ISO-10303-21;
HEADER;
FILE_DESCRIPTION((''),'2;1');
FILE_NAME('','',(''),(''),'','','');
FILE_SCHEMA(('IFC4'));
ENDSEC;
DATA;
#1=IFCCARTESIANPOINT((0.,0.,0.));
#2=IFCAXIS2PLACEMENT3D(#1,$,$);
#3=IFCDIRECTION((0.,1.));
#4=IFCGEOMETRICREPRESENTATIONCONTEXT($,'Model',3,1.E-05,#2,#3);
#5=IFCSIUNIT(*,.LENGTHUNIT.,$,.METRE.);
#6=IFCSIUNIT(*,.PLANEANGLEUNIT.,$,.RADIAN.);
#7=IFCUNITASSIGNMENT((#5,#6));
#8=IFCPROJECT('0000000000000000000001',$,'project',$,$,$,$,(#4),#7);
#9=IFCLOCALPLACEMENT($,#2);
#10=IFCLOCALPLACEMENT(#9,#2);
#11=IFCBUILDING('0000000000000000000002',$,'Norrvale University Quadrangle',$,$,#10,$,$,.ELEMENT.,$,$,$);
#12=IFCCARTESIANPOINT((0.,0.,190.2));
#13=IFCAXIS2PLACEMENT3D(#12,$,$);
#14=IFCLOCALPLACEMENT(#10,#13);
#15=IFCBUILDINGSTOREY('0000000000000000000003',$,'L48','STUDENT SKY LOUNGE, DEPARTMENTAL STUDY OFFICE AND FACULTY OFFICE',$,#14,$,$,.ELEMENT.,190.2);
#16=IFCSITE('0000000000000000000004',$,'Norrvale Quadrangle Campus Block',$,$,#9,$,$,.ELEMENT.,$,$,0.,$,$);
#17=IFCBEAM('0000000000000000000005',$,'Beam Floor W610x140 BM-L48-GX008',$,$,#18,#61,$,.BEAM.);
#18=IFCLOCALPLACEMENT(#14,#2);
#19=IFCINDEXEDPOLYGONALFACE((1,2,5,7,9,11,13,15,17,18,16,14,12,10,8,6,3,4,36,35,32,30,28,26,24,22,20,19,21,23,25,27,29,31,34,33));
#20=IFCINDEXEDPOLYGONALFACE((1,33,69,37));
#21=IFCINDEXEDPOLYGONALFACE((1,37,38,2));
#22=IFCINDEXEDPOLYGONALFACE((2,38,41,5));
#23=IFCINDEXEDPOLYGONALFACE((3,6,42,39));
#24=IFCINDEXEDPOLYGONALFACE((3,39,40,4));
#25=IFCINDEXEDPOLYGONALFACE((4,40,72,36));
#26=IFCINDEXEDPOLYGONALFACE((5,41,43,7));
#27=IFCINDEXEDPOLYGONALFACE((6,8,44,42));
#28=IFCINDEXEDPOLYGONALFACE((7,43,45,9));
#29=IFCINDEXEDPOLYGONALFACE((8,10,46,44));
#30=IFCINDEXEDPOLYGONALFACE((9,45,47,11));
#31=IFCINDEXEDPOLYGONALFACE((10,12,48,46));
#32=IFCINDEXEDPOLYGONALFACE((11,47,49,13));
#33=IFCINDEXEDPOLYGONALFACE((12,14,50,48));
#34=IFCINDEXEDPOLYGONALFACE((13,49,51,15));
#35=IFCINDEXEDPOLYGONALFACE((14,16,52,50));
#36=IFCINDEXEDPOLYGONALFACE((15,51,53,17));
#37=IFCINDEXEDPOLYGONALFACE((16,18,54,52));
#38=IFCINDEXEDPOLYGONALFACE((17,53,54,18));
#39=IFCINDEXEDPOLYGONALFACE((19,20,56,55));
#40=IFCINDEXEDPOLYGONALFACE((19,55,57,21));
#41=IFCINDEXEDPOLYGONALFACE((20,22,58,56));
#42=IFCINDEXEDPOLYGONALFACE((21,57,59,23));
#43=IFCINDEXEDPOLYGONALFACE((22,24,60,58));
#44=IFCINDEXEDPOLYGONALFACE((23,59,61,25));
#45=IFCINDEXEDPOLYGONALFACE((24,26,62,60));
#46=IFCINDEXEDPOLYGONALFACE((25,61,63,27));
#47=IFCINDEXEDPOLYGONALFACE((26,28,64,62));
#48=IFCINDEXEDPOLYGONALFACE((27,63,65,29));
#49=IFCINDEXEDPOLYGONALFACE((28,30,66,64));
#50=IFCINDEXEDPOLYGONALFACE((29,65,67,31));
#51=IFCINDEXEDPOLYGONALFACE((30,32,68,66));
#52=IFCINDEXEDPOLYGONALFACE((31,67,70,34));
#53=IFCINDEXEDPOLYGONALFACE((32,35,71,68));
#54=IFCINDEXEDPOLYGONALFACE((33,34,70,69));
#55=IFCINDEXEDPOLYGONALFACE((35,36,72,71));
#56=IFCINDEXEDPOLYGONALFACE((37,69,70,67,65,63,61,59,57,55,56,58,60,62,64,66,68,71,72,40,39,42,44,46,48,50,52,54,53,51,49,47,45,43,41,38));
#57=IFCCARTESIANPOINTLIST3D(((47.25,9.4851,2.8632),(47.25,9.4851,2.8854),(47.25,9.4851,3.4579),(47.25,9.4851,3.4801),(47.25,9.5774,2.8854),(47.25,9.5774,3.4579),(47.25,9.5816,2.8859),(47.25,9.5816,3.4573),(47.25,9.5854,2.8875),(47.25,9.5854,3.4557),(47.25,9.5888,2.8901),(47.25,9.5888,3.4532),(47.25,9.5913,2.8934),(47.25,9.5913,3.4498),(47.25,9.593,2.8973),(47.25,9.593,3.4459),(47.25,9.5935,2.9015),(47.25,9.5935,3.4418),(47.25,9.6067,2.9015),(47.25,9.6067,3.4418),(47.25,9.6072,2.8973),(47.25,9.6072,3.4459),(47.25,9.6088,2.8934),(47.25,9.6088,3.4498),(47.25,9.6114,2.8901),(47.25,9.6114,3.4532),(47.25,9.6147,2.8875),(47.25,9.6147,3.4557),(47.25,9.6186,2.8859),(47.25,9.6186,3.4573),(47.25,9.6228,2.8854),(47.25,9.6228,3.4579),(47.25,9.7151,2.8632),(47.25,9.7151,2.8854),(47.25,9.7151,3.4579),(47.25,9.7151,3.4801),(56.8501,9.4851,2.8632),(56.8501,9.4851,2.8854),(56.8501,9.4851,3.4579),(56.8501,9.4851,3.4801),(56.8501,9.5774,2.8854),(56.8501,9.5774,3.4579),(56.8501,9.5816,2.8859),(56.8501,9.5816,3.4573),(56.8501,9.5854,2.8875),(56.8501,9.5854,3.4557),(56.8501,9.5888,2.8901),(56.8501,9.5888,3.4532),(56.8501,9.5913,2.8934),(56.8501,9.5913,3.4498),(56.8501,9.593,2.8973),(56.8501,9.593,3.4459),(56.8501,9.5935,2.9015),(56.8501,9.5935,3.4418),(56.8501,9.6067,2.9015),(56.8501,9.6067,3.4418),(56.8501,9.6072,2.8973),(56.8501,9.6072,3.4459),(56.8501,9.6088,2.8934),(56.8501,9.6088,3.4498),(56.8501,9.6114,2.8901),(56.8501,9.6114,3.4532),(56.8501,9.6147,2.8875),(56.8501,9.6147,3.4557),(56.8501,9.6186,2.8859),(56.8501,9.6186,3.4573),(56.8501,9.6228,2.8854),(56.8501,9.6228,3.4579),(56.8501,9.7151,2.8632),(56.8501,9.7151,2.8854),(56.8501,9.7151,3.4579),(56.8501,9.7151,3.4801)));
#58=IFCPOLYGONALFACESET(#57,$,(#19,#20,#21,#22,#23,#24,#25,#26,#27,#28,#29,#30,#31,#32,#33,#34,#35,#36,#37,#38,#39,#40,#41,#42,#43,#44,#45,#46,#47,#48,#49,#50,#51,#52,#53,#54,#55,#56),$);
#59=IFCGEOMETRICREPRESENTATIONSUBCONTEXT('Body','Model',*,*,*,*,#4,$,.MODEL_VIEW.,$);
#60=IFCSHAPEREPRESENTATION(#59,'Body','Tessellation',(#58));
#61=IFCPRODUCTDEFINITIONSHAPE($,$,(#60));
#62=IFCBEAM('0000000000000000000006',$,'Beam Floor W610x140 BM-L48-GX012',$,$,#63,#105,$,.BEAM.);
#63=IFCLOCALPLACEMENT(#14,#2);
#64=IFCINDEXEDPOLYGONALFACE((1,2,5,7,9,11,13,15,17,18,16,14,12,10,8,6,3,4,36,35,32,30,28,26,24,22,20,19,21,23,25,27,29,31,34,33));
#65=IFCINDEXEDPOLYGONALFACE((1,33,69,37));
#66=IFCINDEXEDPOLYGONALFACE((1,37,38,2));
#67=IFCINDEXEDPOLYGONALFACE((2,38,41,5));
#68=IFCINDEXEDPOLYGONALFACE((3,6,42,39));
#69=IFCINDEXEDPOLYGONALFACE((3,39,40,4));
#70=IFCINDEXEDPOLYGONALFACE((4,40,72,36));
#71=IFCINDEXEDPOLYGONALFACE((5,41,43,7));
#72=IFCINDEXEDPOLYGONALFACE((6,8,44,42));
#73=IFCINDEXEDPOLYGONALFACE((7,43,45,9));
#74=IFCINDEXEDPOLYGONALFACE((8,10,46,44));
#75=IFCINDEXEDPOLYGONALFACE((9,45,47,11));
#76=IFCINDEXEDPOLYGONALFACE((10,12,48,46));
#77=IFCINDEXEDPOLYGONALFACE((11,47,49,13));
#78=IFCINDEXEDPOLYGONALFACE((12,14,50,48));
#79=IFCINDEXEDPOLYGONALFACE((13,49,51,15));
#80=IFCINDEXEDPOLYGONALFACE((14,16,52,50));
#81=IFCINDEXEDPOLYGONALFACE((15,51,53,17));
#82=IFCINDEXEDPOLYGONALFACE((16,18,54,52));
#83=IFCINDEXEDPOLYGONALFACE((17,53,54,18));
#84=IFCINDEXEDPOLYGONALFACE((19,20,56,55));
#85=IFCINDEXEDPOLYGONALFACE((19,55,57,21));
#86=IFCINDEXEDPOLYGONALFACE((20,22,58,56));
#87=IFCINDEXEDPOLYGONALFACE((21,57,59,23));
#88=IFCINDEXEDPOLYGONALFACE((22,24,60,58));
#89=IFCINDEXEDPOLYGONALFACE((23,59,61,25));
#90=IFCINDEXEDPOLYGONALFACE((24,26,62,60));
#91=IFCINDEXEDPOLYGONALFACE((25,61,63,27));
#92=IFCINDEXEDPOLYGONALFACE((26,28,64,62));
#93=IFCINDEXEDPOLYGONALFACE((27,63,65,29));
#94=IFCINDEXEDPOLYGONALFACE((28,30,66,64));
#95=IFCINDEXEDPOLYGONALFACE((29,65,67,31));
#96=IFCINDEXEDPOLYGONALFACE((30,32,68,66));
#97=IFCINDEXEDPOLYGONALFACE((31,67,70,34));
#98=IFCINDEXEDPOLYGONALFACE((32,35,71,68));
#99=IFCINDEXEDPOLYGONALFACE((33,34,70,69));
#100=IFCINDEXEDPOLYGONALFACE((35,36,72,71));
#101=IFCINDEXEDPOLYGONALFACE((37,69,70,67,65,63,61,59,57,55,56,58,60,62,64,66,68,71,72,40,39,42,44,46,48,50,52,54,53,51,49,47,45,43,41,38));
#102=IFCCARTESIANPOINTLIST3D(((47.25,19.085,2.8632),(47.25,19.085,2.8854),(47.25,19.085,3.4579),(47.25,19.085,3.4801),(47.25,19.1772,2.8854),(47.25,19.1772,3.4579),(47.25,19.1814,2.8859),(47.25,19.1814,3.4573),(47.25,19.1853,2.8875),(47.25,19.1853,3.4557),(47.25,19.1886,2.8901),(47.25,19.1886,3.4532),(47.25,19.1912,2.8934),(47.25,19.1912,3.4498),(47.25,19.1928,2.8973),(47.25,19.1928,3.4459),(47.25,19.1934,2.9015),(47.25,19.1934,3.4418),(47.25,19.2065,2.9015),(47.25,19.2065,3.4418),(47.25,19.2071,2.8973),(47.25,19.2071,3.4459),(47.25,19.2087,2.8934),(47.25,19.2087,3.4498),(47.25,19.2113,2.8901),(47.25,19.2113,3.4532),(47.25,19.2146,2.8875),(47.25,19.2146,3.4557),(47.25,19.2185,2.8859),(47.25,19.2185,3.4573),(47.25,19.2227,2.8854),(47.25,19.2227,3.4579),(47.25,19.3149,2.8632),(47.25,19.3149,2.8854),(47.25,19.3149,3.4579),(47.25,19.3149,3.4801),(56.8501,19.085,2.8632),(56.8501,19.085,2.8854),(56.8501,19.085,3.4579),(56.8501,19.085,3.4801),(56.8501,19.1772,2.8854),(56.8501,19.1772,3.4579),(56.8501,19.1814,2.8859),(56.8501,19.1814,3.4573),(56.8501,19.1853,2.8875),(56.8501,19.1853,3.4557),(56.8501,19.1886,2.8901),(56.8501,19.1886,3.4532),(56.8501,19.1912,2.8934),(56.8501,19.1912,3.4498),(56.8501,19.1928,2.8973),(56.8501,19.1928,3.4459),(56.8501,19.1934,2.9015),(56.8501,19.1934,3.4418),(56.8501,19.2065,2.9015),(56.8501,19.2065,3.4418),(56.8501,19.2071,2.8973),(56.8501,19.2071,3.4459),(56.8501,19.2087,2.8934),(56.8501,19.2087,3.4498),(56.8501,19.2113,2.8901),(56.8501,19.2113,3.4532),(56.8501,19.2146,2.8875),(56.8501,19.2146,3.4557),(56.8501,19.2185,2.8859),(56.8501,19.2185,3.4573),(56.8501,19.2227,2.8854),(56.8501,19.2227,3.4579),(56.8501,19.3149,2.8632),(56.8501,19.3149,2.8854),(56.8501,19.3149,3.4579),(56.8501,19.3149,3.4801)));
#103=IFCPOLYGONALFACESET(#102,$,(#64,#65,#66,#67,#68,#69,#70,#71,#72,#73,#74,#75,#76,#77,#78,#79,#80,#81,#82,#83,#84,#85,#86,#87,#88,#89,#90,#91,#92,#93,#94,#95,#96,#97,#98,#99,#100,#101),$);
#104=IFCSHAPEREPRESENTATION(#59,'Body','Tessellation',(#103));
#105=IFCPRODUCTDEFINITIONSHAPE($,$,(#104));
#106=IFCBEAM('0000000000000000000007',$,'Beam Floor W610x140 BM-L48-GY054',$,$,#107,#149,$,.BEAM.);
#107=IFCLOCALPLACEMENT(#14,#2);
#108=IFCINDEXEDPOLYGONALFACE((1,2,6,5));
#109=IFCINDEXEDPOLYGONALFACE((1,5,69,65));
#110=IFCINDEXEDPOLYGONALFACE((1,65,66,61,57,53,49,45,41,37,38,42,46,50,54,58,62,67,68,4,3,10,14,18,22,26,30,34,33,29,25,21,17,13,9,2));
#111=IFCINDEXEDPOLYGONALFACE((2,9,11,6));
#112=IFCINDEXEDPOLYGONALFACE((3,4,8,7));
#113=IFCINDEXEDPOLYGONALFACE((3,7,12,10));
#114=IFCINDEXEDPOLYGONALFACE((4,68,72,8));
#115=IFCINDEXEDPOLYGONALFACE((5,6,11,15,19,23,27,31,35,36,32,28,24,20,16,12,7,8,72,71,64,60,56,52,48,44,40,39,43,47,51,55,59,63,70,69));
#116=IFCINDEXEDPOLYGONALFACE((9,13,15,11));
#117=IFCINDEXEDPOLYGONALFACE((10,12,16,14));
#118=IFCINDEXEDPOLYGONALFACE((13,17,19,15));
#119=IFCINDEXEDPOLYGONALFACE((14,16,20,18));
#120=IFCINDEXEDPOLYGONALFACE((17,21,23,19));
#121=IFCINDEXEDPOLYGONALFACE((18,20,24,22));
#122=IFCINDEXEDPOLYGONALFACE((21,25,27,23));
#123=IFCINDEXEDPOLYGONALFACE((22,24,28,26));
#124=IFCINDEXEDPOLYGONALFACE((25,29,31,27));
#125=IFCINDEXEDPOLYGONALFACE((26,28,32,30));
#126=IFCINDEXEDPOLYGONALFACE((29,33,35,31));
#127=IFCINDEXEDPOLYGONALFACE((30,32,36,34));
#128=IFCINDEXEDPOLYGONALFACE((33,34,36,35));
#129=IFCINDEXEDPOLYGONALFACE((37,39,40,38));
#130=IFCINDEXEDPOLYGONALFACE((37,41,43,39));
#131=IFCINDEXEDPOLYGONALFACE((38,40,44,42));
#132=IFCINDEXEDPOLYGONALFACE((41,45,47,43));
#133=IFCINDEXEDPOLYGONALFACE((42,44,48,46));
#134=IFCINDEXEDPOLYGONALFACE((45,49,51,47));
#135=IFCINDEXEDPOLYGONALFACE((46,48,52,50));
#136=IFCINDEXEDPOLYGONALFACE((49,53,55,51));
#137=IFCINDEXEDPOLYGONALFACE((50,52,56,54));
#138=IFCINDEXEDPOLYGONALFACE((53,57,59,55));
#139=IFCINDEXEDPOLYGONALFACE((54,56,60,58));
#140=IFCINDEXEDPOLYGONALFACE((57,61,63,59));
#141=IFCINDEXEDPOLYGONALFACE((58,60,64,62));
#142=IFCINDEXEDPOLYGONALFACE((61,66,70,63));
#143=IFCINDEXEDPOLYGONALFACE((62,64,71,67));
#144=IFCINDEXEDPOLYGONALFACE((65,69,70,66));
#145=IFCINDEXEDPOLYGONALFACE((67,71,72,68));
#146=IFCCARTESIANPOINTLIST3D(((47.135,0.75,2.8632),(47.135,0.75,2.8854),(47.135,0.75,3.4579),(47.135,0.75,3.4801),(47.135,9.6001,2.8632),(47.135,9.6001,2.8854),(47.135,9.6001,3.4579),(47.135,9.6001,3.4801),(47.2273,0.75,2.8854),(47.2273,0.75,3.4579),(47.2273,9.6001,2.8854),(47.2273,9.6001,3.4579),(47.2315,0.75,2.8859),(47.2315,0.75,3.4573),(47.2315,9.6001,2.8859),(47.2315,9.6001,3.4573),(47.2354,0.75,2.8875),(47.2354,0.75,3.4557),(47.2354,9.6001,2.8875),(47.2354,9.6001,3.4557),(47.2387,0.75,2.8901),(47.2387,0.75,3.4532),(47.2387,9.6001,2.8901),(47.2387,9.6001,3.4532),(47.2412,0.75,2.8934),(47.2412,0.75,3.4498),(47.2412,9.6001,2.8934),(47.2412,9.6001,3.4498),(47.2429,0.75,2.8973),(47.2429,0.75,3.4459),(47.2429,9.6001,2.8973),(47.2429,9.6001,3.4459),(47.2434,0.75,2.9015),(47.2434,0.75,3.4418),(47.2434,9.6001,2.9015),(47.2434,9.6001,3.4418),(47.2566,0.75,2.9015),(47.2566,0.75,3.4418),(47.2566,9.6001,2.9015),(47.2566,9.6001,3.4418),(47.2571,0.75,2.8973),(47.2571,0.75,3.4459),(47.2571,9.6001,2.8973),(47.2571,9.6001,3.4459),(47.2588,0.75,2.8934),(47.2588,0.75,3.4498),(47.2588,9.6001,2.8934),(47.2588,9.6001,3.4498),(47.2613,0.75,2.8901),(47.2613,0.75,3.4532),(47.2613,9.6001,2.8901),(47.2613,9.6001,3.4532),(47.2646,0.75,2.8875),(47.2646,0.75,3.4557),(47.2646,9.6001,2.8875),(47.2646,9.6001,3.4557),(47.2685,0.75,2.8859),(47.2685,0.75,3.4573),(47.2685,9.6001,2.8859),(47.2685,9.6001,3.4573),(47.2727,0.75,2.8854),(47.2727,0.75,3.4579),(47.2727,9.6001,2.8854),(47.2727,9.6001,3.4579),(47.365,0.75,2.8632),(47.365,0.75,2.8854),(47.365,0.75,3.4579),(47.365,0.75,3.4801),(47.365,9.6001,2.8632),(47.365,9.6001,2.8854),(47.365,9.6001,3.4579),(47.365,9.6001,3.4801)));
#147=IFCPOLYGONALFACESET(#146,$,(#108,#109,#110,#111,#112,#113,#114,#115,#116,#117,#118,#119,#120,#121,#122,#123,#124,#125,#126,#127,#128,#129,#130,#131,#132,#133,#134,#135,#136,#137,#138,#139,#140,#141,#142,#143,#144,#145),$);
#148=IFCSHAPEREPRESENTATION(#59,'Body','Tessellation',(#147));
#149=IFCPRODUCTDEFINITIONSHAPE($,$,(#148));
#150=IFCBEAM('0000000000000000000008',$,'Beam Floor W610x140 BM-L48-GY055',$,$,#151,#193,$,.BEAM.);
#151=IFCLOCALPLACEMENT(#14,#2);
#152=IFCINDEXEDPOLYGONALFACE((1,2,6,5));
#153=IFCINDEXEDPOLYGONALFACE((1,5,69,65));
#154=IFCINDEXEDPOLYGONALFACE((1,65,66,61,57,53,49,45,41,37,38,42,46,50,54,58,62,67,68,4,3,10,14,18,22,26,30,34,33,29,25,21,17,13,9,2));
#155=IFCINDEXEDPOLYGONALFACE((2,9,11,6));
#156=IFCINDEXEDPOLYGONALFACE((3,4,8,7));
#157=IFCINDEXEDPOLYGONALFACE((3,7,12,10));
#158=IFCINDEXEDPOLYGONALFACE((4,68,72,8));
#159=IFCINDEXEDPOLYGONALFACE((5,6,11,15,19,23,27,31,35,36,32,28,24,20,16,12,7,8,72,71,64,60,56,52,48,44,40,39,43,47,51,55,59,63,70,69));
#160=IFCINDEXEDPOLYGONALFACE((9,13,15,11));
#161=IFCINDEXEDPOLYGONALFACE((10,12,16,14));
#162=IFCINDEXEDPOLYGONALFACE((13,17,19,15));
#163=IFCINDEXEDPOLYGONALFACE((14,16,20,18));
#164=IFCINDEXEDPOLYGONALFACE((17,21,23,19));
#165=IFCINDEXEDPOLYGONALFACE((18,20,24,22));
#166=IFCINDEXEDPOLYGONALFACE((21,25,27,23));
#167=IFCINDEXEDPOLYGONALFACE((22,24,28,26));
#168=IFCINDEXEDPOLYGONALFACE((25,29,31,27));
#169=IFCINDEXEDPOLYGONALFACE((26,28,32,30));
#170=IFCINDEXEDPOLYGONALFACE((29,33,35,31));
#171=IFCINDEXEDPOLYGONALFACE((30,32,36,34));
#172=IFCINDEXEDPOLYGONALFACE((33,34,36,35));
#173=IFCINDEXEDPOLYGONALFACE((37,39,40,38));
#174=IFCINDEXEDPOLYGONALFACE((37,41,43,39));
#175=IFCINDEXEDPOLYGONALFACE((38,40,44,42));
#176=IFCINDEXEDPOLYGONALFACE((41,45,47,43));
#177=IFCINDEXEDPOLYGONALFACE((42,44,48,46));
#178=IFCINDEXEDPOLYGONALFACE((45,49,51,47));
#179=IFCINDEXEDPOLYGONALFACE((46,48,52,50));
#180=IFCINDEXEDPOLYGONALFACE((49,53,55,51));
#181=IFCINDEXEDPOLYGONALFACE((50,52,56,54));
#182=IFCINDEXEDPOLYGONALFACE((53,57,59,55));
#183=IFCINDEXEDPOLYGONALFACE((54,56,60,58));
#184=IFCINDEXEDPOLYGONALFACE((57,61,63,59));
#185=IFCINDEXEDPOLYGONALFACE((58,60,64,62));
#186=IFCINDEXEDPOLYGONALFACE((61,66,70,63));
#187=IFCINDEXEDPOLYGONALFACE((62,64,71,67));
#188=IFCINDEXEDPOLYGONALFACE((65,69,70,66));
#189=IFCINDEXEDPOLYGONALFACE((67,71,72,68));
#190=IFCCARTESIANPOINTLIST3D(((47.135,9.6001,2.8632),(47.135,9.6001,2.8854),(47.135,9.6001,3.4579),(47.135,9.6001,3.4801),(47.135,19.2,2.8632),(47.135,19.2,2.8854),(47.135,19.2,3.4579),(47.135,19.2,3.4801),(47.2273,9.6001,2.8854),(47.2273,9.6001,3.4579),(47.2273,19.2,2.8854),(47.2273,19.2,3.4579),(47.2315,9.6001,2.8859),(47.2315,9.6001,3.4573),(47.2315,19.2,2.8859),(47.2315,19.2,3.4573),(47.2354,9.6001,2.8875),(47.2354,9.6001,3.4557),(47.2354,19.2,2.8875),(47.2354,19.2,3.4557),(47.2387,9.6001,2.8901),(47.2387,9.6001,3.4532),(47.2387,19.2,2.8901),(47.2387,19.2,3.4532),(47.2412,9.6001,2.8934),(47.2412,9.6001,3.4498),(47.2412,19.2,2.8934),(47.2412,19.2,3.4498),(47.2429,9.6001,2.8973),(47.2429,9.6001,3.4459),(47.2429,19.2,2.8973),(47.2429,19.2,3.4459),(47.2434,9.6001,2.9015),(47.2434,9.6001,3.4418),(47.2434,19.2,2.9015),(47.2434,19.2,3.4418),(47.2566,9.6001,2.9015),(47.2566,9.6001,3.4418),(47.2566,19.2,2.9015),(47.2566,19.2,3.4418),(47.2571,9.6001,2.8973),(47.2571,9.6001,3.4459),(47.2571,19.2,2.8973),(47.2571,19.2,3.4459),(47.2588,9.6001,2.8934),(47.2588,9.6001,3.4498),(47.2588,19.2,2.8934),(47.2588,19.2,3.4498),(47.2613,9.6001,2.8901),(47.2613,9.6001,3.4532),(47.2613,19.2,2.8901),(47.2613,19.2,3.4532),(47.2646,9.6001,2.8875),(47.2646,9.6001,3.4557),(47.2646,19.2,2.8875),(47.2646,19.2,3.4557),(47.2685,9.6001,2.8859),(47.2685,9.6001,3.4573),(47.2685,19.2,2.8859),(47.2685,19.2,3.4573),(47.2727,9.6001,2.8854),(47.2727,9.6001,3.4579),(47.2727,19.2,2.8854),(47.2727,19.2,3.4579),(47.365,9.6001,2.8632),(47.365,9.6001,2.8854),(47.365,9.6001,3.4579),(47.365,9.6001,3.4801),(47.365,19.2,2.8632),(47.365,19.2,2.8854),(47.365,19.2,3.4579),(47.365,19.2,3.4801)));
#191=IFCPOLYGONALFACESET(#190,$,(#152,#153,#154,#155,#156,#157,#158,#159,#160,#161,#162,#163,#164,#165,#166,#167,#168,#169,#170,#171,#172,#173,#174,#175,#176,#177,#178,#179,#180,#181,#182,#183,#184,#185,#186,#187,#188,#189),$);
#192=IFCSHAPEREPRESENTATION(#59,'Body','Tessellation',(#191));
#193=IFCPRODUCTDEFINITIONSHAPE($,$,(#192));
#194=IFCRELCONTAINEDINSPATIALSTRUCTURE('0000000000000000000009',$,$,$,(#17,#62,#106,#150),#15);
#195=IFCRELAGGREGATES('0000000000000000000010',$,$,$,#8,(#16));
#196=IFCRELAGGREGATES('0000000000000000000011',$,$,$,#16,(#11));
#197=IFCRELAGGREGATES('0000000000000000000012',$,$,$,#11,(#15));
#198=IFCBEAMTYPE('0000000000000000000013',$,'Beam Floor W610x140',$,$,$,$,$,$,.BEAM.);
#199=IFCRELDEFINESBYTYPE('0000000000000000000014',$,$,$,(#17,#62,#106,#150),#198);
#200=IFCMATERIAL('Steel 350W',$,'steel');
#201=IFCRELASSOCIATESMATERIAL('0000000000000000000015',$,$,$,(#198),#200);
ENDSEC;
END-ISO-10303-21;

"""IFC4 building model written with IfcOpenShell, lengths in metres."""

from ifc_helpers import new_model, si_unit, direction, frame, origin, origin_2d, place, context, subcontext, project, spatial, i_section, extrude, material, material_profile, profile_set, type_object, element, save


model = new_model("IFC4")

# Units and contexts
model_context = context("Model", 3, precision=1e-05, world=origin(), true_north=direction((0.0, 1.0)))
body_context = subcontext(model_context, "Body", "Model", "MODEL_VIEW")
ifc_project = project(units=[si_unit("LENGTHUNIT", "METRE"), si_unit("PLANEANGLEUNIT", "RADIAN")], contexts=[model_context])

# Site, building, storey
site_placement = place(None, origin())
site = spatial("IfcSite", under=ifc_project, at=site_placement, Name="Norrvale Quadrangle Campus Block", CompositionType="ELEMENT", RefElevation=0.0)
building_placement = place(site_placement, origin())
building = spatial("IfcBuilding", under=site, at=building_placement, Name="Norrvale University Quadrangle", CompositionType="ELEMENT")
storey_placement = place(building_placement, frame((0.0, 0.0, 190.2)))
storey = spatial("IfcBuildingStorey", under=building, at=storey_placement, Name="L48", Description="STUDENT SKY LOUNGE, DEPARTMENTAL STUDY OFFICE AND FACULTY OFFICE", CompositionType="ELEMENT", Elevation=190.2)

# Beams
ifc_material_1 = material(Name="Steel 350W", Category="steel")
ifc_material_profile_1 = material_profile(ifc_material_1, i_section(OverallWidth=0.23, OverallDepth=0.6169, WebThickness=0.0132, FlangeThickness=0.0222, FilletRadius=0.0161, at=origin_2d()), Name="Steel 350W")
ifc_profile_set_1 = profile_set([ifc_material_profile_1], Name="Steel 350W")
beam_type_1 = type_object("IfcBeamType", Name="Beam Floor W610x140", PredefinedType="BEAM", material=ifc_profile_set_1)
for number, where, z_axis, x_axis, name in (
    (1, (47.25, 9.6001, 3.1716), (1.0, 0.0, 0.0), (0.0, 1.0, 0.0), "Beam Floor W610x140 BM-L48-GX008"),
    (2, (47.25, 19.2, 3.1716), (1.0, 0.0, 0.0), (0.0, 1.0, 0.0), "Beam Floor W610x140 BM-L48-GX012"),
):
    element("IfcBeam", number, at=place(storey_placement, frame(where, z_axis=z_axis, x_axis=x_axis)), inside=storey, type_object=beam_type_1, Name=name, PredefinedType="BEAM", context=body_context, shape_type="SweptSolid", body=[
        extrude(i_section(OverallWidth=0.23, OverallDepth=0.6169, WebThickness=0.0132, FlangeThickness=0.0222, FilletRadius=0.0161, at=origin_2d()), origin(), (0.0, 0.0, 1.0), 9.6001),
    ])
beam_1_placement = place(storey_placement, frame((47.25, 0.75, 3.1716), z_axis=(0.0, 1.0, 0.0), x_axis=(-1.0, 0.0, 0.0)))
element("IfcBeam", 3, at=beam_1_placement, inside=storey, type_object=beam_type_1, Name="Beam Floor W610x140 BM-L48-GY054", PredefinedType="BEAM", context=body_context, shape_type="SweptSolid", body=[
    extrude(i_section(OverallWidth=0.23, OverallDepth=0.6169, WebThickness=0.0132, FlangeThickness=0.0222, FilletRadius=0.0161, at=origin_2d()), origin(), (0.0, 0.0, 1.0), 8.8501),
])
beam_2_placement = place(storey_placement, frame((47.25, 9.6001, 3.1716), z_axis=(0.0, 1.0, 0.0), x_axis=(-1.0, 0.0, 0.0)))
element("IfcBeam", 4, at=beam_2_placement, inside=storey, type_object=beam_type_1, Name="Beam Floor W610x140 BM-L48-GY055", PredefinedType="BEAM", context=body_context, shape_type="SweptSolid", body=[
    extrude(i_section(OverallWidth=0.23, OverallDepth=0.6169, WebThickness=0.0132, FlangeThickness=0.0222, FilletRadius=0.0161, at=origin_2d()), origin(), (0.0, 0.0, 1.0), 9.5999),
])

save(model, "model.ifc")
